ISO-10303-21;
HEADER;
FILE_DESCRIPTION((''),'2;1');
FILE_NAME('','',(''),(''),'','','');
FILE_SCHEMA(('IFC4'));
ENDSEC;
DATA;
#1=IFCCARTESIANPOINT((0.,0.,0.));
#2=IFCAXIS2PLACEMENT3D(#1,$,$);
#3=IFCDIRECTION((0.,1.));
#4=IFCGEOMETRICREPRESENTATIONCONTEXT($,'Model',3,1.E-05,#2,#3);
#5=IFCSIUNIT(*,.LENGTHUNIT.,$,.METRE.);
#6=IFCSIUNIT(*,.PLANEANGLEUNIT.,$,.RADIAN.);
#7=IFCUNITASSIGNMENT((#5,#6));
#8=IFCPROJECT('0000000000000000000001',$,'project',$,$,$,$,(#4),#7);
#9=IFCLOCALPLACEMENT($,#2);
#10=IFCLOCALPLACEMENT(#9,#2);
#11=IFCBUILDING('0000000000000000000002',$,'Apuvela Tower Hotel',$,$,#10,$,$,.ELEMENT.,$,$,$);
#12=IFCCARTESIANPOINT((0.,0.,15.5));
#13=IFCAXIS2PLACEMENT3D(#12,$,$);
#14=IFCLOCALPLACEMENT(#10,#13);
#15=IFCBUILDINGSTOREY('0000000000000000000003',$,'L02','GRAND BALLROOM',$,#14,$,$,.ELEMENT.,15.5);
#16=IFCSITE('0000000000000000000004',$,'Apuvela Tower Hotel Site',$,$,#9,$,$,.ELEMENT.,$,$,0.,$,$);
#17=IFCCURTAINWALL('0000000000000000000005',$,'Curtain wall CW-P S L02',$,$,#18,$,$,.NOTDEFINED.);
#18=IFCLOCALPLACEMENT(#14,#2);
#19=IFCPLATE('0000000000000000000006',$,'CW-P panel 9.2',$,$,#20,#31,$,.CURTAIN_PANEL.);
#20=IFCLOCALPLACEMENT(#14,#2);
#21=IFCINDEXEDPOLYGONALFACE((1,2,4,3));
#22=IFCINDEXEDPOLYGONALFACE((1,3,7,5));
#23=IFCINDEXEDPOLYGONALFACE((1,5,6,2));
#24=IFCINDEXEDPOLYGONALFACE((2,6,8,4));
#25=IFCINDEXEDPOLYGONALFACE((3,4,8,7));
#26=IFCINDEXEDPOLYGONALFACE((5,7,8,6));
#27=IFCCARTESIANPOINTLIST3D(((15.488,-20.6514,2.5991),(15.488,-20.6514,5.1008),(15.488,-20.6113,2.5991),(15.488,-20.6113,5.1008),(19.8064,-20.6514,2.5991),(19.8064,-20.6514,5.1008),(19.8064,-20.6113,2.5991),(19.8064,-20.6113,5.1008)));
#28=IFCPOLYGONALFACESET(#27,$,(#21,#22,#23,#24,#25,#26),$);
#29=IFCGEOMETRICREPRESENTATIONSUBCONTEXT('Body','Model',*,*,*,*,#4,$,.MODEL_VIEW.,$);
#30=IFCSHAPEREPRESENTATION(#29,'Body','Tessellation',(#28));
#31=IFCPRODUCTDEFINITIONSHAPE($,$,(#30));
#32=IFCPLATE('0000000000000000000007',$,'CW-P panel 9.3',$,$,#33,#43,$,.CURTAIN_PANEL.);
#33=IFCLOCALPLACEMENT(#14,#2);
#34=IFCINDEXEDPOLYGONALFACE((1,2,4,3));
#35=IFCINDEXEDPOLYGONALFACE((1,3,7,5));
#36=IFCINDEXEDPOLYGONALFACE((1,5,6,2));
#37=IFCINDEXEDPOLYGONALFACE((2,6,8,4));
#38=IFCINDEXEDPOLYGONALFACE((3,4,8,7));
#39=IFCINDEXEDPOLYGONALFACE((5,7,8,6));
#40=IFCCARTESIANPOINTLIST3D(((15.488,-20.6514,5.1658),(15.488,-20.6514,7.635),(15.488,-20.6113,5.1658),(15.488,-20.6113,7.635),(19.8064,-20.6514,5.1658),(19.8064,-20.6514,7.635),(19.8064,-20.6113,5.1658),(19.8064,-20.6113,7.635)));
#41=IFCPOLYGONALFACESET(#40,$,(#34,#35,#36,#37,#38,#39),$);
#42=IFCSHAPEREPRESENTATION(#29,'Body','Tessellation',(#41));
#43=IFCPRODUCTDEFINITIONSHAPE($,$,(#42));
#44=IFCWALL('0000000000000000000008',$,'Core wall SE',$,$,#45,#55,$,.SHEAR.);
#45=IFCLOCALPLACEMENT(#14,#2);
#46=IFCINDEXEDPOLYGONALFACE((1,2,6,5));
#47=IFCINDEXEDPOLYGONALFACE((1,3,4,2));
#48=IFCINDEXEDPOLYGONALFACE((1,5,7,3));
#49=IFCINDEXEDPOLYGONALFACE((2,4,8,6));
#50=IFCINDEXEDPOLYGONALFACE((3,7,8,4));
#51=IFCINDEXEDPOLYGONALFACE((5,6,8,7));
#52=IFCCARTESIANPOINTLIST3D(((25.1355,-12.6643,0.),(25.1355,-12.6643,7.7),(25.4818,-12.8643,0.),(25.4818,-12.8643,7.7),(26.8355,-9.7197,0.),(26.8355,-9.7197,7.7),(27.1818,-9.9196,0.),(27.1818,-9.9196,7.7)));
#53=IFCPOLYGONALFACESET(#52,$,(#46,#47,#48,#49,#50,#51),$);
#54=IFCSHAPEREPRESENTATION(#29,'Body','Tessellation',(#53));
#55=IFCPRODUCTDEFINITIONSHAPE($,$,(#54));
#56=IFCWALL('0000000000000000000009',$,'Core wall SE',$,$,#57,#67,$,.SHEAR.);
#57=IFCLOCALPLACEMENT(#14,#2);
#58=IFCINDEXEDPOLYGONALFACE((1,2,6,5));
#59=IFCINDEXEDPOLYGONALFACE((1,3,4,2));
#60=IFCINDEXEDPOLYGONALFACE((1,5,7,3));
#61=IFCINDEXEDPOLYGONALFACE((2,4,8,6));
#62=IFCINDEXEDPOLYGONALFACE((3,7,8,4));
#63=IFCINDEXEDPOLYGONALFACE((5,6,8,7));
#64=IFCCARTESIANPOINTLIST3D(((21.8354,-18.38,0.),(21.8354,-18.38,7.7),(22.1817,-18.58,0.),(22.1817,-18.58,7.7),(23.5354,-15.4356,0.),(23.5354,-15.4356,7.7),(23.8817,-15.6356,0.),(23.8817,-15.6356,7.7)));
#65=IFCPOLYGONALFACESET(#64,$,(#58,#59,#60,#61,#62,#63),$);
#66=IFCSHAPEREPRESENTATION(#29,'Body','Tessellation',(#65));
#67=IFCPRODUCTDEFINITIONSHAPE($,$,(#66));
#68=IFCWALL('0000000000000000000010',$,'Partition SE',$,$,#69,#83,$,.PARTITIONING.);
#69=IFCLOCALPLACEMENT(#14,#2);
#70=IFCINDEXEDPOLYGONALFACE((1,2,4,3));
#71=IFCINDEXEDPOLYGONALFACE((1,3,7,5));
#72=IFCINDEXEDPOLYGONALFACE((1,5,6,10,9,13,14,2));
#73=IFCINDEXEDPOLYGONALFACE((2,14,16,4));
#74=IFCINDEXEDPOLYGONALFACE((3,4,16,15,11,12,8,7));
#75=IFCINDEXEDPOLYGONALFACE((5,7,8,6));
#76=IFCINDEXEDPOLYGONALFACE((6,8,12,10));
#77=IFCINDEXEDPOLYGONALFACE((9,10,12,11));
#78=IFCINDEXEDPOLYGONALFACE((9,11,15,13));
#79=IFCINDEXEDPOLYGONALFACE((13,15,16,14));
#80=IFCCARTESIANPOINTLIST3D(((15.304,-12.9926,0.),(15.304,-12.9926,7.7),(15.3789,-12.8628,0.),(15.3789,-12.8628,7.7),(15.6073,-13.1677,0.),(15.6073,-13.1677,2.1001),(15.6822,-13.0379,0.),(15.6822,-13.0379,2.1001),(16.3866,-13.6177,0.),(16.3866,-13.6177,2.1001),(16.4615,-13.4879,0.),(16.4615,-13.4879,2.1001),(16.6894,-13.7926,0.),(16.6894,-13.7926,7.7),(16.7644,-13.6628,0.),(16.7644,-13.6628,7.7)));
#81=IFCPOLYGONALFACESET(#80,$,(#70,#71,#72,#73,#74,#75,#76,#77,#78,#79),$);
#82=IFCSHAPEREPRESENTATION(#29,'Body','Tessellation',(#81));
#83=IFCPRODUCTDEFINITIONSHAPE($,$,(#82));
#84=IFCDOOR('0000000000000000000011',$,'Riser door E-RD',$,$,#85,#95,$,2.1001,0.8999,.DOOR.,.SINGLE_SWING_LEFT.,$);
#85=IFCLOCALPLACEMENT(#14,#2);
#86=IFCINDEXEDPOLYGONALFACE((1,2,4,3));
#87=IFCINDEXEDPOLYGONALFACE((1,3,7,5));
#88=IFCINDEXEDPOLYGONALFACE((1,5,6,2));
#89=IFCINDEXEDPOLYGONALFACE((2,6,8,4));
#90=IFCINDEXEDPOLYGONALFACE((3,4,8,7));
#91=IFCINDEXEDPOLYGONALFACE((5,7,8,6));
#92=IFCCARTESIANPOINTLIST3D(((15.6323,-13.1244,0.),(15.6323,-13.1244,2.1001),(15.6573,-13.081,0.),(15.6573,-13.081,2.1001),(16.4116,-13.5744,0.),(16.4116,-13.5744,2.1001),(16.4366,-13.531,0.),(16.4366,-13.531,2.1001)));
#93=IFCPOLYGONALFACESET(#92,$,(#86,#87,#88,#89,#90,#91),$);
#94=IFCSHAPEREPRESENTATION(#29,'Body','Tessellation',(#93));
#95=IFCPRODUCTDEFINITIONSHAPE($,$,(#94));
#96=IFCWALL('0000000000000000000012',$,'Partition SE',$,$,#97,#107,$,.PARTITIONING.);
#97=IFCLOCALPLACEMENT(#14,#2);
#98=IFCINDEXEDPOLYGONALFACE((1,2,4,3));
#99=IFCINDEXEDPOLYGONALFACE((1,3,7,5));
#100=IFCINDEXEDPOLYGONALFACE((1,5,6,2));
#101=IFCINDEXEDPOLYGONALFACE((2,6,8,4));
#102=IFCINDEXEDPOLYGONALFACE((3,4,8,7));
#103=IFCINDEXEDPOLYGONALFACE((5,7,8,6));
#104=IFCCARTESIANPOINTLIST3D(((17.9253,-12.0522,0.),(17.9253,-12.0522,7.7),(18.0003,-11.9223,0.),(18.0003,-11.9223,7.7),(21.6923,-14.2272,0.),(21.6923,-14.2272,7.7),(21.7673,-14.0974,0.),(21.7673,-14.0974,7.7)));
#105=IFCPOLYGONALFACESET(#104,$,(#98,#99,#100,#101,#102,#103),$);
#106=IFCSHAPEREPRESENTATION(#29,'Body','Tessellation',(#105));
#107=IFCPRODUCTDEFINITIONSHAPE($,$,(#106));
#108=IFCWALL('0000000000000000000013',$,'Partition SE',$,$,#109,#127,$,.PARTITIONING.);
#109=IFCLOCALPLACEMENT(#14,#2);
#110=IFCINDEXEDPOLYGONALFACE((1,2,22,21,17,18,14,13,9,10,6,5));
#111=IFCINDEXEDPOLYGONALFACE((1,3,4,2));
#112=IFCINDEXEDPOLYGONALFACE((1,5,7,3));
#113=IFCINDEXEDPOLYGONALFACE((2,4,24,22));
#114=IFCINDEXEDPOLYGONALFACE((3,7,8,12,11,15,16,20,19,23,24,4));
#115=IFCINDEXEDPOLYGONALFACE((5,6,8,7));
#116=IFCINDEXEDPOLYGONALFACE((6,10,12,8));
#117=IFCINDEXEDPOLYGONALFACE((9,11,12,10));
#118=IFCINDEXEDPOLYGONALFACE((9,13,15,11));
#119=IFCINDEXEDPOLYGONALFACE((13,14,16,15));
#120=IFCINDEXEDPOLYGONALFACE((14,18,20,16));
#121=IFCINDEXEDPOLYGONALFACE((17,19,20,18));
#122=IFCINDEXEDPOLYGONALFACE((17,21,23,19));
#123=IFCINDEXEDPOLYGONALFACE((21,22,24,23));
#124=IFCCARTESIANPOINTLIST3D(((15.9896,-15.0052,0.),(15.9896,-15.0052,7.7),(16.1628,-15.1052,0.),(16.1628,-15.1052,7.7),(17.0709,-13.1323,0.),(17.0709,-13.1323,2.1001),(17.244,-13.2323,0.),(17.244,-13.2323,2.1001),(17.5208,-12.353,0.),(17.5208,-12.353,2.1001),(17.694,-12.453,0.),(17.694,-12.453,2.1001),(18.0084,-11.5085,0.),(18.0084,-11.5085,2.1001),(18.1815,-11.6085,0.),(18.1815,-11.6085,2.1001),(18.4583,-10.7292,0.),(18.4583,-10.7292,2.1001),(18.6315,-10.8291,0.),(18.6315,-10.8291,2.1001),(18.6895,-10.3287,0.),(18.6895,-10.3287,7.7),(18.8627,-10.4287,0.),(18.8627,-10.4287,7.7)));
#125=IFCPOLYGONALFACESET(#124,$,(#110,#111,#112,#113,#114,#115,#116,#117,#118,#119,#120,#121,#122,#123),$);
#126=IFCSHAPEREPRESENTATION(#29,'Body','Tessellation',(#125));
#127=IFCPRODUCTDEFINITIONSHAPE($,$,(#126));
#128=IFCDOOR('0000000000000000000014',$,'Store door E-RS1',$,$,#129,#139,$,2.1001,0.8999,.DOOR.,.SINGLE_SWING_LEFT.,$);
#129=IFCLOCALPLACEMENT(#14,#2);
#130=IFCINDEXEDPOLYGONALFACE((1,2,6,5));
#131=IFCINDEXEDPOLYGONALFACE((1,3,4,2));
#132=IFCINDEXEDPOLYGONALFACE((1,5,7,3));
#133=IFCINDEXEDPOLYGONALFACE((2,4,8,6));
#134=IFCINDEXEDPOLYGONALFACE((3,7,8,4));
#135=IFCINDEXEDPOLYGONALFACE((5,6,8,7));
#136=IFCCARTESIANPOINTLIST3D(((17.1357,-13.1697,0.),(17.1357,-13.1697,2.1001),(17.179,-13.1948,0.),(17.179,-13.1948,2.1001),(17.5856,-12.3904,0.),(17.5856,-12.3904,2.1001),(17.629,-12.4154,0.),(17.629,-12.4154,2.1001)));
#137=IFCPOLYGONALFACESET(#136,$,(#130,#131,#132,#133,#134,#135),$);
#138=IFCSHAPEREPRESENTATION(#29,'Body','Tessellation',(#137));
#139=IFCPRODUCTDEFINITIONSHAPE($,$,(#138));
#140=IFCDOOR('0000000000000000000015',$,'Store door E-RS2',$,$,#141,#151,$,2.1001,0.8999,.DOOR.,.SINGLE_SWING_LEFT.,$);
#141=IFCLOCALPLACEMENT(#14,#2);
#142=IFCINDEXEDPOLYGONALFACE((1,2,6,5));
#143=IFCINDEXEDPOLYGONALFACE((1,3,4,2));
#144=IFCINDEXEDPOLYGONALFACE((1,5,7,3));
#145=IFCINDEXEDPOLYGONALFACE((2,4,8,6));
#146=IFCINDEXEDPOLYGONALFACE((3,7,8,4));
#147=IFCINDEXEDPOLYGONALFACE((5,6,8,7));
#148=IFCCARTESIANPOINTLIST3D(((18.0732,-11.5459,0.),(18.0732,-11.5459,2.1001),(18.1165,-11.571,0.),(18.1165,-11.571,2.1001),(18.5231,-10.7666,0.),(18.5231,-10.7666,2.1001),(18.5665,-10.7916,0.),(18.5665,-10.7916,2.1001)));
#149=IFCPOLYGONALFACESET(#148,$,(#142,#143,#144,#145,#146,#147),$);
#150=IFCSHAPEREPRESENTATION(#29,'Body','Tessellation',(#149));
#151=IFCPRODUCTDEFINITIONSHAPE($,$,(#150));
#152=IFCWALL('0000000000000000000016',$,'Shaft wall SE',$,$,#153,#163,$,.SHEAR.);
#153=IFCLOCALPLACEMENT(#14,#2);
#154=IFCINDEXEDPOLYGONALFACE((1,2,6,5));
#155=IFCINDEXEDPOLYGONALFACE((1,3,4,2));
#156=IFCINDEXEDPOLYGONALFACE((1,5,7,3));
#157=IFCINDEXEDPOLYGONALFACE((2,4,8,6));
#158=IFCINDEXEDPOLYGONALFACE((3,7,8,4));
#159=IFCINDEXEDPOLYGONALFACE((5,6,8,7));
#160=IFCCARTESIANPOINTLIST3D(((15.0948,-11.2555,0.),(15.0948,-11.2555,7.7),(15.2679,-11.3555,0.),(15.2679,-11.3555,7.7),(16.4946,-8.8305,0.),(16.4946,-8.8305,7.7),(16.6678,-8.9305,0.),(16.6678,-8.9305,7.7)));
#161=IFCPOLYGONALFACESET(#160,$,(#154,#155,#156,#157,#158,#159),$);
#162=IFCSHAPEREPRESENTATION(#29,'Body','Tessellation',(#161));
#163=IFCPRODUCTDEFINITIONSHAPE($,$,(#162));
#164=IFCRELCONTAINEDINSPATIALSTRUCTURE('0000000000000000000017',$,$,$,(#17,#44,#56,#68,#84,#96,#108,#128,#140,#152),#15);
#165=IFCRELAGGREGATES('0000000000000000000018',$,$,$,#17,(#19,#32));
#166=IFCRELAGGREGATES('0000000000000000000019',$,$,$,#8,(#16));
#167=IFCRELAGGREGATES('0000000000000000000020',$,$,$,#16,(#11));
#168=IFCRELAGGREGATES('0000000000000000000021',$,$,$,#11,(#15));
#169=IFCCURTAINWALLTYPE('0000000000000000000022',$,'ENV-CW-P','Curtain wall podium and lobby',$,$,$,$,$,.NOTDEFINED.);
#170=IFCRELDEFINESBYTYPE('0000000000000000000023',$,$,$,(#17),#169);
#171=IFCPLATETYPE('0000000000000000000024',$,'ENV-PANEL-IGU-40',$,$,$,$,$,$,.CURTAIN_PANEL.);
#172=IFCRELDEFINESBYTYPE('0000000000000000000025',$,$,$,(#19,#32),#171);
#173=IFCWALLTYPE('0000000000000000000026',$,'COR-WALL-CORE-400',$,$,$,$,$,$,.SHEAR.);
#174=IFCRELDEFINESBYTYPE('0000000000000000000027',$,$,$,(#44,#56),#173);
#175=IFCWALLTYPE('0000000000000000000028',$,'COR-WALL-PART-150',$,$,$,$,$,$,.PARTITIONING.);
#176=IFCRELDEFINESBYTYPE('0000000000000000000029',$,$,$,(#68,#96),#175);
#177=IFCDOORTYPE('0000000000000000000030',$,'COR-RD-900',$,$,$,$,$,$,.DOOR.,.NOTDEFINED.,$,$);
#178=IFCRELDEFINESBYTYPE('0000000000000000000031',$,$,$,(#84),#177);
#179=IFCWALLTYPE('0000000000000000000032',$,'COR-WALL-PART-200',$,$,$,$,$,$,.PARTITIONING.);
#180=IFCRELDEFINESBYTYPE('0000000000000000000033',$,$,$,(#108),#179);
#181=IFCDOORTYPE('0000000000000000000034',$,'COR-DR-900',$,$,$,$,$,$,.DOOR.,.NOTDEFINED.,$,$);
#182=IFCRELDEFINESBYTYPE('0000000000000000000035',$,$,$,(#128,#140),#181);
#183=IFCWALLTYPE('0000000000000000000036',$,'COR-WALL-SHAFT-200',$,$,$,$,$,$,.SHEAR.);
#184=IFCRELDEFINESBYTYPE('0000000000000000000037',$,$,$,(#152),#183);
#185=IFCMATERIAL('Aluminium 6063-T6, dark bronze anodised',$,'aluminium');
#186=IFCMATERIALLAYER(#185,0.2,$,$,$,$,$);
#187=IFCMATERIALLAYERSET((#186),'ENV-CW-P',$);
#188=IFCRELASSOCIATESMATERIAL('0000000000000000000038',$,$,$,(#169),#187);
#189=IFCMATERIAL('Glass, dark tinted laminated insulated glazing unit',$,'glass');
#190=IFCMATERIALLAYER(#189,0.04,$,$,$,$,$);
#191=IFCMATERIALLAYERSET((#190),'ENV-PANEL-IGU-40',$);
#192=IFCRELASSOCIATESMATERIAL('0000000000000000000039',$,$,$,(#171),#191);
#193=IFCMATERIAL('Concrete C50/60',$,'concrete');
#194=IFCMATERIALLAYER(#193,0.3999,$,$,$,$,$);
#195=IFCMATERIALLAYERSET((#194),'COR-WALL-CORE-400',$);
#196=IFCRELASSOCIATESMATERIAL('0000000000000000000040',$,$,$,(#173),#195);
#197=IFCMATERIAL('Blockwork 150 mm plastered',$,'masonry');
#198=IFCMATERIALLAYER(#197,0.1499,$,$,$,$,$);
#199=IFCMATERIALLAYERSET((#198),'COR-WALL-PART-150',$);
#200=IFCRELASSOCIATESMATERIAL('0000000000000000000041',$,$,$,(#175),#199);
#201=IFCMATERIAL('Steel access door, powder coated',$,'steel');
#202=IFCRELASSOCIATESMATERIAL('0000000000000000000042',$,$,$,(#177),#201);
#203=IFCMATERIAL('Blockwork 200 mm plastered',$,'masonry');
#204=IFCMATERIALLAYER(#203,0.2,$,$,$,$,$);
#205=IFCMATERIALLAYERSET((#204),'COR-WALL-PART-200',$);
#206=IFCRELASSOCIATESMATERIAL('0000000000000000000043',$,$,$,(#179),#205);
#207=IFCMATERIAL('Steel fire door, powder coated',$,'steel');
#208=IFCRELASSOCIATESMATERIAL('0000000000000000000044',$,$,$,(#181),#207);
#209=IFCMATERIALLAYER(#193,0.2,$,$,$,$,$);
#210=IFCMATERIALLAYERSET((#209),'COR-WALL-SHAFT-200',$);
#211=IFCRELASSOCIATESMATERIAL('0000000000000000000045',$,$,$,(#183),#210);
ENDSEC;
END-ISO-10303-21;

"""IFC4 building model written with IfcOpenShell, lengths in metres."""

from ifc_helpers import new_model, si_unit, direction, frame, frame_2d, origin, origin_2d, place, context, subcontext, project, spatial, rectangle, extrude, material, layer, layer_set, type_object, element, fill, aggregate, save


model = new_model("IFC4")

# Units and contexts
model_context = context("Model", 3, precision=1e-05, world=origin(), true_north=direction((0.0, 1.0)))
body_context = subcontext(model_context, "Body", "Model", "MODEL_VIEW")
ifc_project = project(units=[si_unit("LENGTHUNIT", "METRE"), si_unit("PLANEANGLEUNIT", "RADIAN")], contexts=[model_context])

# Site, building, storey
site_placement = place(None, origin())
site = spatial("IfcSite", under=ifc_project, at=site_placement, Name="Apuvela Tower Hotel Site", CompositionType="ELEMENT", RefElevation=0.0)
building_placement = place(site_placement, origin())
building = spatial("IfcBuilding", under=site, at=building_placement, Name="Apuvela Tower Hotel", CompositionType="ELEMENT")
storey_placement = place(building_placement, frame((0.0, 0.0, 15.5)))
storey = spatial("IfcBuildingStorey", under=building, at=storey_placement, Name="L02", Description="GRAND BALLROOM", CompositionType="ELEMENT", Elevation=15.5)

# Curtain wall
ifc_material_1 = material(Name="Aluminium 6063-T6, dark bronze anodised", Category="aluminium")
ifc_layer_1 = layer(ifc_material_1, 0.2)
ifc_layer_set_1 = layer_set([ifc_layer_1], Name="ENV-CW-P")
curtain_wall_type = type_object("IfcCurtainWallType", Name="ENV-CW-P", Description="Curtain wall podium and lobby", PredefinedType="NOTDEFINED", material=ifc_layer_set_1)
curtain_wall_placement = place(storey_placement, origin())
curtain_wall = element("IfcCurtainWall", 1, at=curtain_wall_placement, inside=storey, type_object=curtain_wall_type, Name="Curtain wall CW-P S L02", PredefinedType="NOTDEFINED")

# Plates
ifc_material_2 = material(Name="Glass, dark tinted laminated insulated glazing unit", Category="glass")
ifc_layer_2 = layer(ifc_material_2, 0.04)
ifc_layer_set_2 = layer_set([ifc_layer_2], Name="ENV-PANEL-IGU-40")
plate_type = type_object("IfcPlateType", Name="ENV-PANEL-IGU-40", PredefinedType="CURTAIN_PANEL", material=ifc_layer_set_2)
plate_1_placement = place(storey_placement, frame((17.6472, -20.6313, 2.5991), z_axis=(0.0, 0.0, 1.0), x_axis=(1.0, 0.0, 0.0)))
plate_1 = element("IfcPlate", 2, at=plate_1_placement, type_object=plate_type, Name="CW-P panel 9.2", PredefinedType="CURTAIN_PANEL", context=body_context, shape_type="SweptSolid", body=[
    extrude(rectangle(XDim=4.3184, YDim=0.04, at=origin_2d()), origin(), (0.0, 0.0, 1.0), 2.5017),
])
plate_2_placement = place(storey_placement, frame((17.6472, -20.6313, 5.1658), z_axis=(0.0, 0.0, 1.0), x_axis=(1.0, 0.0, 0.0)))
plate_2 = element("IfcPlate", 3, at=plate_2_placement, type_object=plate_type, Name="CW-P panel 9.3", PredefinedType="CURTAIN_PANEL", context=body_context, shape_type="SweptSolid", body=[
    extrude(rectangle(XDim=4.3184, YDim=0.04, at=origin_2d()), origin(), (0.0, 0.0, 1.0), 2.4692),
])
aggregate(curtain_wall, [plate_1, plate_2])

# Walls
ifc_material_3 = material(Name="Concrete C50/60", Category="concrete")
ifc_layer_3 = layer(ifc_material_3, 0.3999)
ifc_layer_set_3 = layer_set([ifc_layer_3], Name="COR-WALL-CORE-400")
wall_type_1 = type_object("IfcWallType", Name="COR-WALL-CORE-400", PredefinedType="SHEAR", material=ifc_layer_set_3)
wall_1_placement = place(storey_placement, frame((25.3086, -12.7644, 0.0), z_axis=(0.0, 0.0, 1.0), x_axis=(0.499977, 0.866039, 0.0)))
element("IfcWall", 4, at=wall_1_placement, inside=storey, type_object=wall_type_1, Name="Core wall SE", PredefinedType="SHEAR", context=body_context, shape_type="SweptSolid", body=[
    extrude(rectangle(XDim=3.4001, YDim=0.3999, at=frame_2d((1.7002, 0.0))), origin(), (0.0, 0.0, 1.0), 7.7),
])
wall_2_placement = place(storey_placement, frame((22.0085, -18.48, 0.0), z_axis=(0.0, 0.0, 1.0), x_axis=(0.500008, 0.866021, 0.0)))
element("IfcWall", 5, at=wall_2_placement, inside=storey, type_object=wall_type_1, Name="Core wall SE", PredefinedType="SHEAR", context=body_context, shape_type="SweptSolid", body=[
    extrude(rectangle(XDim=3.3999, YDim=0.3999, at=frame_2d((1.7, 0.0))), origin(), (0.0, 0.0, 1.0), 7.7),
])

# Wall, opening, door
ifc_material_4 = material(Name="Blockwork 150 mm plastered", Category="masonry")
ifc_layer_4 = layer(ifc_material_4, 0.1499)
ifc_layer_set_4 = layer_set([ifc_layer_4], Name="COR-WALL-PART-150")
wall_type_2 = type_object("IfcWallType", Name="COR-WALL-PART-150", PredefinedType="PARTITIONING", material=ifc_layer_set_4)
wall_3_placement = place(storey_placement, frame((15.3416, -12.9277, 0.0), z_axis=(0.0, 0.0, 1.0), x_axis=(0.86599, -0.500061, 0.0)))
wall_3 = element("IfcWall", 6, at=wall_3_placement, inside=storey, type_object=wall_type_2, Name="Partition SE", PredefinedType="PARTITIONING", context=body_context, shape_type="SweptSolid", body=[
    extrude(rectangle(XDim=1.5999, YDim=0.1499, at=frame_2d((0.7998, 0.0))), origin(), (0.0, 0.0, 1.0), 7.7),
])
opening_1_placement = place(wall_3_placement, frame((0.3501, 0.0, 0.0)))
opening_1 = element("IfcOpeningElement", 7, at=opening_1_placement, cuts=wall_3, PredefinedType="OPENING", context=body_context, shape_type="SweptSolid", body=[
    extrude(rectangle(XDim=0.8999, YDim=2.1001, at=frame_2d((0.45, 1.05))), frame((0.0, 0.085, 0.0), z_axis=(0.0, -1.0, 0.0), x_axis=(1.0, 0.0, 0.0)), (0.0, 0.0, 1.0), 0.1699),
])
ifc_material_5 = material(Name="Steel access door, powder coated", Category="steel")
door_type_1 = type_object("IfcDoorType", Name="COR-RD-900", OperationType="NOTDEFINED", PredefinedType="DOOR", material=ifc_material_5)
door_1_placement = place(opening_1_placement, frame((0.8999, 0.0, 0.0), z_axis=(0.0, 0.0, 1.0), x_axis=(-1.0, 0.0, 0.0)))
door_1 = element("IfcDoor", 8, at=door_1_placement, inside=storey, type_object=door_type_1, Name="Riser door E-RD", OperationType="SINGLE_SWING_LEFT", OverallHeight=2.1001, OverallWidth=0.8999, PredefinedType="DOOR", context=body_context, shape_type="SweptSolid", body=[
    extrude(rectangle(XDim=0.8999, YDim=2.1001, at=frame_2d((0.45, 1.05))), frame((0.0, 0.0249, 0.0), z_axis=(0.0, -1.0, 0.0), x_axis=(1.0, 0.0, 0.0)), (0.0, 0.0, 1.0), 0.05),
])
fill(opening_1, door_1)

# Wall
wall_4_placement = place(storey_placement, frame((17.9629, -11.9873, 0.0), z_axis=(0.0, 0.0, 1.0), x_axis=(0.866014, -0.50002, 0.0)))
element("IfcWall", 9, at=wall_4_placement, inside=storey, type_object=wall_type_2, Name="Partition SE", PredefinedType="PARTITIONING", context=body_context, shape_type="SweptSolid", body=[
    extrude(rectangle(XDim=4.3499, YDim=0.1499, at=frame_2d((2.1748, 0.0))), origin(), (0.0, 0.0, 1.0), 7.7),
])

# Wall, openings, doors
ifc_material_6 = material(Name="Blockwork 200 mm plastered", Category="masonry")
ifc_layer_5 = layer(ifc_material_6, 0.2)
ifc_layer_set_5 = layer_set([ifc_layer_5], Name="COR-WALL-PART-200")
wall_type_3 = type_object("IfcWallType", Name="COR-WALL-PART-200", PredefinedType="PARTITIONING", material=ifc_layer_set_5)
wall_5_placement = place(storey_placement, frame((16.0762, -15.0552, 0.0), z_axis=(0.0, 0.0, 1.0), x_axis=(0.499995, 0.866028, 0.0)))
wall_5 = element("IfcWall", 10, at=wall_5_placement, inside=storey, type_object=wall_type_3, Name="Partition SE", PredefinedType="PARTITIONING", context=body_context, shape_type="SweptSolid", body=[
    extrude(rectangle(XDim=5.3999, YDim=0.2, at=frame_2d((2.7, 0.0))), origin(), (0.0, 0.0, 1.0), 7.7),
])
opening_2_placement = place(wall_5_placement, frame((2.1626, 0.0, 0.0)))
opening_2 = element("IfcOpeningElement", 11, at=opening_2_placement, cuts=wall_5, PredefinedType="OPENING", context=body_context, shape_type="SweptSolid", body=[
    extrude(rectangle(XDim=0.8999, YDim=2.1001, at=frame_2d((0.45, 1.05))), frame((0.0, 0.1099, 0.0), z_axis=(0.0, -1.0, 0.0), x_axis=(1.0, 0.0, 0.0)), (0.0, 0.0, 1.0), 0.22),
])
opening_3_placement = place(wall_5_placement, frame((4.0376, 0.0, 0.0)))
opening_3 = element("IfcOpeningElement", 12, at=opening_3_placement, cuts=wall_5, PredefinedType="OPENING", context=body_context, shape_type="SweptSolid", body=[
    extrude(rectangle(XDim=0.8999, YDim=2.1001, at=frame_2d((0.45, 1.05))), frame((0.0, 0.1099, 0.0), z_axis=(0.0, -1.0, 0.0), x_axis=(1.0, 0.0, 0.0)), (0.0, 0.0, 1.0), 0.22),
])
ifc_material_7 = material(Name="Steel fire door, powder coated", Category="steel")
door_type_2 = type_object("IfcDoorType", Name="COR-DR-900", OperationType="NOTDEFINED", PredefinedType="DOOR", material=ifc_material_7)
door_2_placement = place(opening_2_placement, frame((0.8999, 0.0, 0.0), z_axis=(0.0, 0.0, 1.0), x_axis=(-1.0, 0.0, 0.0)))
door_2 = element("IfcDoor", 13, at=door_2_placement, inside=storey, type_object=door_type_2, Name="Store door E-RS1", OperationType="SINGLE_SWING_LEFT", OverallHeight=2.1001, OverallWidth=0.8999, PredefinedType="DOOR", context=body_context, shape_type="SweptSolid", body=[
    extrude(rectangle(XDim=0.8999, YDim=2.1001, at=frame_2d((0.45, 1.05))), frame((0.0, 0.0249, 0.0), z_axis=(0.0, -1.0, 0.0), x_axis=(1.0, 0.0, 0.0)), (0.0, 0.0, 1.0), 0.05),
])
fill(opening_2, door_2)
door_3_placement = place(opening_3_placement, frame((0.8999, 0.0, 0.0), z_axis=(0.0, 0.0, 1.0), x_axis=(-1.0, 0.0, 0.0)))
door_3 = element("IfcDoor", 14, at=door_3_placement, inside=storey, type_object=door_type_2, Name="Store door E-RS2", OperationType="SINGLE_SWING_LEFT", OverallHeight=2.1001, OverallWidth=0.8999, PredefinedType="DOOR", context=body_context, shape_type="SweptSolid", body=[
    extrude(rectangle(XDim=0.8999, YDim=2.1001, at=frame_2d((0.45, 1.05))), frame((0.0, 0.0249, 0.0), z_axis=(0.0, -1.0, 0.0), x_axis=(1.0, 0.0, 0.0)), (0.0, 0.0, 1.0), 0.05),
])
fill(opening_3, door_3)

# Wall
ifc_layer_6 = layer(ifc_material_3, 0.2)
ifc_layer_set_6 = layer_set([ifc_layer_6], Name="COR-WALL-SHAFT-200")
wall_type_4 = type_object("IfcWallType", Name="COR-WALL-SHAFT-200", PredefinedType="SHEAR", material=ifc_layer_set_6)
wall_6_placement = place(storey_placement, frame((15.1814, -11.3054, 0.0), z_axis=(0.0, 0.0, 1.0), x_axis=(0.499946, 0.866056, 0.0)))
element("IfcWall", 15, at=wall_6_placement, inside=storey, type_object=wall_type_4, Name="Shaft wall SE", PredefinedType="SHEAR", context=body_context, shape_type="SweptSolid", body=[
    extrude(rectangle(XDim=2.8, YDim=0.2, at=frame_2d((1.3999, 0.0))), origin(), (0.0, 0.0, 1.0), 7.7),
])

save(model, "model.ifc")
